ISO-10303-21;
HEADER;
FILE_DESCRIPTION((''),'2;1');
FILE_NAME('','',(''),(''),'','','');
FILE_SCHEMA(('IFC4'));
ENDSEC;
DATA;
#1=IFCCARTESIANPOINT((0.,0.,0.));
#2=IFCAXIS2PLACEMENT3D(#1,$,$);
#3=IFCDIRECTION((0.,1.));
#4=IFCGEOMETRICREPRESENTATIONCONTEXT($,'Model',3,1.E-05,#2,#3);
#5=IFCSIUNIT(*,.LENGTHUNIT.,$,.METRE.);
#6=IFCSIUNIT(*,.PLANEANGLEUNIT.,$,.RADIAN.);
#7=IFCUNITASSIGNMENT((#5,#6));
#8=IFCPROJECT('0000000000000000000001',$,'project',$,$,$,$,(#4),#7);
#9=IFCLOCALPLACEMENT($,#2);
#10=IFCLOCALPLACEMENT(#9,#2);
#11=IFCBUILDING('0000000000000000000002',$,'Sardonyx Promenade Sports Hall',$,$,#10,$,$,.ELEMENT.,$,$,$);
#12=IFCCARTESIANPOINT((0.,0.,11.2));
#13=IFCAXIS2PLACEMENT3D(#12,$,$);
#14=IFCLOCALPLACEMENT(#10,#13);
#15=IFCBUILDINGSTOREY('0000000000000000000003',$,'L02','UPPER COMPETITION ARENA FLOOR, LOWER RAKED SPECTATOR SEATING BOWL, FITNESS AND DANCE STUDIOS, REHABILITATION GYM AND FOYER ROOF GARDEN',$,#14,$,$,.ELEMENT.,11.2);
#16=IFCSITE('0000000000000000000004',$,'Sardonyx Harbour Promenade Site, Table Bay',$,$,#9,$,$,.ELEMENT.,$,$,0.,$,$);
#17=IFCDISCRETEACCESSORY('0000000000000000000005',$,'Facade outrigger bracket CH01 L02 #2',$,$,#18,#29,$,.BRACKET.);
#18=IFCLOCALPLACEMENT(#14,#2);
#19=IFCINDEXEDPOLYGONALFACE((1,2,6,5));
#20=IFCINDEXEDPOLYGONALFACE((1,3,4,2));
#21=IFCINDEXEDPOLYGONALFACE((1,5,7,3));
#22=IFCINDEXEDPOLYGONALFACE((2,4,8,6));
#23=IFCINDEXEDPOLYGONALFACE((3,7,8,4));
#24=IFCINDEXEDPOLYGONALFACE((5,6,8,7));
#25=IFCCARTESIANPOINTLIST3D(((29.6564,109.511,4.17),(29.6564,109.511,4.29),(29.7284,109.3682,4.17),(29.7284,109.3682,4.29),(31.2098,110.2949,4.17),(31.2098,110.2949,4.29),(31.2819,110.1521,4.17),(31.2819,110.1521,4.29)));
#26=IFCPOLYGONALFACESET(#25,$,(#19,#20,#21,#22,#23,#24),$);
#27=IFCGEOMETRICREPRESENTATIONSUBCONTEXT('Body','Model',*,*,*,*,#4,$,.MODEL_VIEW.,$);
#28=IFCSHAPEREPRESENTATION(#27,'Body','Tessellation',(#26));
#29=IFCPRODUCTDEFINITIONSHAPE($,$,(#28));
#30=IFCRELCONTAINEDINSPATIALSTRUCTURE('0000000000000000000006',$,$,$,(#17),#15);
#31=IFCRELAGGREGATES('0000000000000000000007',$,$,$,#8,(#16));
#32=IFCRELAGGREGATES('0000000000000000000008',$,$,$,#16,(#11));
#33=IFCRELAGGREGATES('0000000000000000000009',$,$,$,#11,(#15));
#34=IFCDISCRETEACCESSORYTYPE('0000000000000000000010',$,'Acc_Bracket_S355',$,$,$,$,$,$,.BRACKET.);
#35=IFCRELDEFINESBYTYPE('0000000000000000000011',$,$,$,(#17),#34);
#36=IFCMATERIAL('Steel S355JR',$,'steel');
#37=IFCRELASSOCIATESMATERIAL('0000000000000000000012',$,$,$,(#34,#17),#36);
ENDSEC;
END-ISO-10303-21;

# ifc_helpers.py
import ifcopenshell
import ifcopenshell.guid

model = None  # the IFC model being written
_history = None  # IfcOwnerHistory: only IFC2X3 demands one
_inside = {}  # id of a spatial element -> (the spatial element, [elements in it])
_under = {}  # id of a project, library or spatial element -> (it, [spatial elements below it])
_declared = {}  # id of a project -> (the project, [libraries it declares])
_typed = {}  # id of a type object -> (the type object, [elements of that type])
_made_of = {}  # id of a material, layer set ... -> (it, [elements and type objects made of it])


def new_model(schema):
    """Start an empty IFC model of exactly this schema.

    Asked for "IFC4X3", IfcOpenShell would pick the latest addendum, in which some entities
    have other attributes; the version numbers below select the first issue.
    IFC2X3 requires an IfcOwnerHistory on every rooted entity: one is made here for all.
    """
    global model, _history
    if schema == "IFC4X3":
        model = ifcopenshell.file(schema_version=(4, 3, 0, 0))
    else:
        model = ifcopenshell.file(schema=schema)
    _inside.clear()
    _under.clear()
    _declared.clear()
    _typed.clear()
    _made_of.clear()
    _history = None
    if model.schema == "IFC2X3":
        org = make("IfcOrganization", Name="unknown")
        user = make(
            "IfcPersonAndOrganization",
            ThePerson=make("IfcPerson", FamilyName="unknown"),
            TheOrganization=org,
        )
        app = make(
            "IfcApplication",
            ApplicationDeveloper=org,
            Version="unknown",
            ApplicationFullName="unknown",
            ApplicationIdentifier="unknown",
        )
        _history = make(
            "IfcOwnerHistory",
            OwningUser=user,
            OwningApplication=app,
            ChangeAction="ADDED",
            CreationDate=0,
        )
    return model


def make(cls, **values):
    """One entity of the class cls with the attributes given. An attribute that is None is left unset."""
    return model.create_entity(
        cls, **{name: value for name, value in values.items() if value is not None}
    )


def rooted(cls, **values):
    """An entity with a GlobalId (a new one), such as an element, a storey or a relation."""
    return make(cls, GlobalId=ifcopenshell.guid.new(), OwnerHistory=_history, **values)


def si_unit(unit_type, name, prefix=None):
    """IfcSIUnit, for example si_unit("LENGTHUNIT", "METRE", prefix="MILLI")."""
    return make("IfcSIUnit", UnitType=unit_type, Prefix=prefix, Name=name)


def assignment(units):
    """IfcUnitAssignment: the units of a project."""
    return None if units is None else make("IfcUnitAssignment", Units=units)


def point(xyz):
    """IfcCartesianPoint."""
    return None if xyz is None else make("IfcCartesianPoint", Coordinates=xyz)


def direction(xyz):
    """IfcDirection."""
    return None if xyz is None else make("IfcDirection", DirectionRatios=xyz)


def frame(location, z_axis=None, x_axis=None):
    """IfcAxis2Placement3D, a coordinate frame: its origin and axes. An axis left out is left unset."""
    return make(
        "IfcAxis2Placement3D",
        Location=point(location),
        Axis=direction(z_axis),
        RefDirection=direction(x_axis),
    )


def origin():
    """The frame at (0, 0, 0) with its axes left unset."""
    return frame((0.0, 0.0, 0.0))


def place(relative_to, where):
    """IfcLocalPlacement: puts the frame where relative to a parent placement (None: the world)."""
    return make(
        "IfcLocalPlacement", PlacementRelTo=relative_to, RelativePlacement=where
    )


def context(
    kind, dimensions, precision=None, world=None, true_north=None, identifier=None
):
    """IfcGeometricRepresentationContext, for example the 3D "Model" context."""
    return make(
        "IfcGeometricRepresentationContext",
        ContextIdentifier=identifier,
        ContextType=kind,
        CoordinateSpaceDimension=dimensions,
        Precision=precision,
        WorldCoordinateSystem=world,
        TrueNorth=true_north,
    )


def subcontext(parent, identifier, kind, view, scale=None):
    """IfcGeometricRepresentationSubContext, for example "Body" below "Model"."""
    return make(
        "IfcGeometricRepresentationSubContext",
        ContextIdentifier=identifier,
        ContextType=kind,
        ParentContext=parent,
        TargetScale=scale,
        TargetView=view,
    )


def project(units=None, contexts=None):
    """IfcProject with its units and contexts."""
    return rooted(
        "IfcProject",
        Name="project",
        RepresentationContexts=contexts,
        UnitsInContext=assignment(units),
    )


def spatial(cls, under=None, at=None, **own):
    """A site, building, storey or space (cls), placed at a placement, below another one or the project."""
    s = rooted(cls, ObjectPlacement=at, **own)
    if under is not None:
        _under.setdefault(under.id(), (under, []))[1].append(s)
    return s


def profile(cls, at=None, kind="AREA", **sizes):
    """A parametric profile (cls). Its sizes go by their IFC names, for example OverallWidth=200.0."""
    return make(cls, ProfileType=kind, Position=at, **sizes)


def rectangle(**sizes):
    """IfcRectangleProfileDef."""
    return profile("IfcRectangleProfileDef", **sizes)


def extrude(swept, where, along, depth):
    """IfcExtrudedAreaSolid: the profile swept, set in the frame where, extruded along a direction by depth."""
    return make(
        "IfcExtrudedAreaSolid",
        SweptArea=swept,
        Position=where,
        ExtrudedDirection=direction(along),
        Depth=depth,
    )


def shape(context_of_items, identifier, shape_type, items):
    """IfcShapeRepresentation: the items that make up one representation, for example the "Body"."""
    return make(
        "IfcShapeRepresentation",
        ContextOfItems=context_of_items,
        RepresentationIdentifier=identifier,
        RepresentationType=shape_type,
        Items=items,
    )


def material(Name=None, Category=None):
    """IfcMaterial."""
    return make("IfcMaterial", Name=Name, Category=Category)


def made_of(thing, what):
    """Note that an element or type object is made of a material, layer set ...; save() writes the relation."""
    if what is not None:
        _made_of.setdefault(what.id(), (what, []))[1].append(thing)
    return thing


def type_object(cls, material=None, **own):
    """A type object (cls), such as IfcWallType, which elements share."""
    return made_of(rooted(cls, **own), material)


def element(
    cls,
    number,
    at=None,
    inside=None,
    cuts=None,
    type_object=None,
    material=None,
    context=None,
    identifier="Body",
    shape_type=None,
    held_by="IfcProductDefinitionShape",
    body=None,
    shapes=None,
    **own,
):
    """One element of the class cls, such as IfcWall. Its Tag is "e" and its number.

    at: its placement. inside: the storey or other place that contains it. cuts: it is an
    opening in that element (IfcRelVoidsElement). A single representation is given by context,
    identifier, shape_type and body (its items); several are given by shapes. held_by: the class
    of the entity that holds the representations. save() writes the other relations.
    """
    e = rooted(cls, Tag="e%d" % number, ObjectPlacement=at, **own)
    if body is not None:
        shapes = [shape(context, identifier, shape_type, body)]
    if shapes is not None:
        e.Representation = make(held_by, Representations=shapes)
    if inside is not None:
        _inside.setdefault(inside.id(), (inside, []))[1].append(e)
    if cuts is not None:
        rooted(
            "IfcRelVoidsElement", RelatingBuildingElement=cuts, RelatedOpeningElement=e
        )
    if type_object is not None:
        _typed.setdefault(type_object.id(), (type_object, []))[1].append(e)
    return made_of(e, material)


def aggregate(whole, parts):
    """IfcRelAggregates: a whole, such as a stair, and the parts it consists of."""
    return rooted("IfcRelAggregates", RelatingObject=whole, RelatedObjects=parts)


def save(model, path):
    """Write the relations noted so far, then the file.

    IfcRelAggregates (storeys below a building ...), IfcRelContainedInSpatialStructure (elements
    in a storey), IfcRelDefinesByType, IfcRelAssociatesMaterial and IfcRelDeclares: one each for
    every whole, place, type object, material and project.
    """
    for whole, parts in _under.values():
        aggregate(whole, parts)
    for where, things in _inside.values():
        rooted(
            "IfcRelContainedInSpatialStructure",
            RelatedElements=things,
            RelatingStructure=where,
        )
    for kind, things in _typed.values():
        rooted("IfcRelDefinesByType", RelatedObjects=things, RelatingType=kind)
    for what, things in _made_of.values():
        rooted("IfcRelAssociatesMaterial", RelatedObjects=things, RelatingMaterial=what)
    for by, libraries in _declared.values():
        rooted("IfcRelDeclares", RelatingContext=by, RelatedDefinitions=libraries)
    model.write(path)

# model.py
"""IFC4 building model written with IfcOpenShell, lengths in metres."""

from ifc_helpers import new_model, si_unit, direction, frame, origin, place, context, subcontext, project, spatial, rectangle, extrude, material, type_object, element, save


model = new_model("IFC4")

# Units and contexts
model_context = context("Model", 3, precision=1e-05, world=origin(), true_north=direction((0.0, 1.0)))
body_context = subcontext(model_context, "Body", "Model", "MODEL_VIEW")
ifc_project = project(units=[si_unit("LENGTHUNIT", "METRE"), si_unit("PLANEANGLEUNIT", "RADIAN")], contexts=[model_context])

# Site, building, storey
site_placement = place(None, origin())
site = spatial("IfcSite", under=ifc_project, at=site_placement, Name="Sardonyx Harbour Promenade Site, Table Bay", CompositionType="ELEMENT", RefElevation=0.0)
building_placement = place(site_placement, origin())
building = spatial("IfcBuilding", under=site, at=building_placement, Name="Sardonyx Promenade Sports Hall", CompositionType="ELEMENT")
storey_placement = place(building_placement, frame((0.0, 0.0, 11.2)))
storey = spatial("IfcBuildingStorey", under=building, at=storey_placement, Name="L02", Description="UPPER COMPETITION ARENA FLOOR, LOWER RAKED SPECTATOR SEATING BOWL, FITNESS AND DANCE STUDIOS, REHABILITATION GYM AND FOYER ROOF GARDEN", CompositionType="ELEMENT", Elevation=11.2)

# Discrete accessory
ifc_material_1 = material(Name="Steel S355JR", Category="steel")
discrete_accessory_type = type_object("IfcDiscreteAccessoryType", Name="Acc_Bracket_S355", PredefinedType="BRACKET", material=ifc_material_1)
for number, where, z_axis, x_axis, name in (
    (1, (30.4691, 109.8316, 4.17), (0.0, 0.0, 1.0), (0.892774, 0.450505, 0.0), "Facade outrigger bracket CH01 L02 #2"),
):
    element("IfcDiscreteAccessory", number, at=place(storey_placement, frame(where, z_axis=z_axis, x_axis=x_axis)), inside=storey, type_object=discrete_accessory_type, material=ifc_material_1, Name=name, PredefinedType="BRACKET", context=body_context, shape_type="SweptSolid", body=[
        extrude(rectangle(XDim=1.74, YDim=0.16), origin(), (0.0, 0.0, 1.0), 0.12),
    ])

save(model, "model.ifc")
